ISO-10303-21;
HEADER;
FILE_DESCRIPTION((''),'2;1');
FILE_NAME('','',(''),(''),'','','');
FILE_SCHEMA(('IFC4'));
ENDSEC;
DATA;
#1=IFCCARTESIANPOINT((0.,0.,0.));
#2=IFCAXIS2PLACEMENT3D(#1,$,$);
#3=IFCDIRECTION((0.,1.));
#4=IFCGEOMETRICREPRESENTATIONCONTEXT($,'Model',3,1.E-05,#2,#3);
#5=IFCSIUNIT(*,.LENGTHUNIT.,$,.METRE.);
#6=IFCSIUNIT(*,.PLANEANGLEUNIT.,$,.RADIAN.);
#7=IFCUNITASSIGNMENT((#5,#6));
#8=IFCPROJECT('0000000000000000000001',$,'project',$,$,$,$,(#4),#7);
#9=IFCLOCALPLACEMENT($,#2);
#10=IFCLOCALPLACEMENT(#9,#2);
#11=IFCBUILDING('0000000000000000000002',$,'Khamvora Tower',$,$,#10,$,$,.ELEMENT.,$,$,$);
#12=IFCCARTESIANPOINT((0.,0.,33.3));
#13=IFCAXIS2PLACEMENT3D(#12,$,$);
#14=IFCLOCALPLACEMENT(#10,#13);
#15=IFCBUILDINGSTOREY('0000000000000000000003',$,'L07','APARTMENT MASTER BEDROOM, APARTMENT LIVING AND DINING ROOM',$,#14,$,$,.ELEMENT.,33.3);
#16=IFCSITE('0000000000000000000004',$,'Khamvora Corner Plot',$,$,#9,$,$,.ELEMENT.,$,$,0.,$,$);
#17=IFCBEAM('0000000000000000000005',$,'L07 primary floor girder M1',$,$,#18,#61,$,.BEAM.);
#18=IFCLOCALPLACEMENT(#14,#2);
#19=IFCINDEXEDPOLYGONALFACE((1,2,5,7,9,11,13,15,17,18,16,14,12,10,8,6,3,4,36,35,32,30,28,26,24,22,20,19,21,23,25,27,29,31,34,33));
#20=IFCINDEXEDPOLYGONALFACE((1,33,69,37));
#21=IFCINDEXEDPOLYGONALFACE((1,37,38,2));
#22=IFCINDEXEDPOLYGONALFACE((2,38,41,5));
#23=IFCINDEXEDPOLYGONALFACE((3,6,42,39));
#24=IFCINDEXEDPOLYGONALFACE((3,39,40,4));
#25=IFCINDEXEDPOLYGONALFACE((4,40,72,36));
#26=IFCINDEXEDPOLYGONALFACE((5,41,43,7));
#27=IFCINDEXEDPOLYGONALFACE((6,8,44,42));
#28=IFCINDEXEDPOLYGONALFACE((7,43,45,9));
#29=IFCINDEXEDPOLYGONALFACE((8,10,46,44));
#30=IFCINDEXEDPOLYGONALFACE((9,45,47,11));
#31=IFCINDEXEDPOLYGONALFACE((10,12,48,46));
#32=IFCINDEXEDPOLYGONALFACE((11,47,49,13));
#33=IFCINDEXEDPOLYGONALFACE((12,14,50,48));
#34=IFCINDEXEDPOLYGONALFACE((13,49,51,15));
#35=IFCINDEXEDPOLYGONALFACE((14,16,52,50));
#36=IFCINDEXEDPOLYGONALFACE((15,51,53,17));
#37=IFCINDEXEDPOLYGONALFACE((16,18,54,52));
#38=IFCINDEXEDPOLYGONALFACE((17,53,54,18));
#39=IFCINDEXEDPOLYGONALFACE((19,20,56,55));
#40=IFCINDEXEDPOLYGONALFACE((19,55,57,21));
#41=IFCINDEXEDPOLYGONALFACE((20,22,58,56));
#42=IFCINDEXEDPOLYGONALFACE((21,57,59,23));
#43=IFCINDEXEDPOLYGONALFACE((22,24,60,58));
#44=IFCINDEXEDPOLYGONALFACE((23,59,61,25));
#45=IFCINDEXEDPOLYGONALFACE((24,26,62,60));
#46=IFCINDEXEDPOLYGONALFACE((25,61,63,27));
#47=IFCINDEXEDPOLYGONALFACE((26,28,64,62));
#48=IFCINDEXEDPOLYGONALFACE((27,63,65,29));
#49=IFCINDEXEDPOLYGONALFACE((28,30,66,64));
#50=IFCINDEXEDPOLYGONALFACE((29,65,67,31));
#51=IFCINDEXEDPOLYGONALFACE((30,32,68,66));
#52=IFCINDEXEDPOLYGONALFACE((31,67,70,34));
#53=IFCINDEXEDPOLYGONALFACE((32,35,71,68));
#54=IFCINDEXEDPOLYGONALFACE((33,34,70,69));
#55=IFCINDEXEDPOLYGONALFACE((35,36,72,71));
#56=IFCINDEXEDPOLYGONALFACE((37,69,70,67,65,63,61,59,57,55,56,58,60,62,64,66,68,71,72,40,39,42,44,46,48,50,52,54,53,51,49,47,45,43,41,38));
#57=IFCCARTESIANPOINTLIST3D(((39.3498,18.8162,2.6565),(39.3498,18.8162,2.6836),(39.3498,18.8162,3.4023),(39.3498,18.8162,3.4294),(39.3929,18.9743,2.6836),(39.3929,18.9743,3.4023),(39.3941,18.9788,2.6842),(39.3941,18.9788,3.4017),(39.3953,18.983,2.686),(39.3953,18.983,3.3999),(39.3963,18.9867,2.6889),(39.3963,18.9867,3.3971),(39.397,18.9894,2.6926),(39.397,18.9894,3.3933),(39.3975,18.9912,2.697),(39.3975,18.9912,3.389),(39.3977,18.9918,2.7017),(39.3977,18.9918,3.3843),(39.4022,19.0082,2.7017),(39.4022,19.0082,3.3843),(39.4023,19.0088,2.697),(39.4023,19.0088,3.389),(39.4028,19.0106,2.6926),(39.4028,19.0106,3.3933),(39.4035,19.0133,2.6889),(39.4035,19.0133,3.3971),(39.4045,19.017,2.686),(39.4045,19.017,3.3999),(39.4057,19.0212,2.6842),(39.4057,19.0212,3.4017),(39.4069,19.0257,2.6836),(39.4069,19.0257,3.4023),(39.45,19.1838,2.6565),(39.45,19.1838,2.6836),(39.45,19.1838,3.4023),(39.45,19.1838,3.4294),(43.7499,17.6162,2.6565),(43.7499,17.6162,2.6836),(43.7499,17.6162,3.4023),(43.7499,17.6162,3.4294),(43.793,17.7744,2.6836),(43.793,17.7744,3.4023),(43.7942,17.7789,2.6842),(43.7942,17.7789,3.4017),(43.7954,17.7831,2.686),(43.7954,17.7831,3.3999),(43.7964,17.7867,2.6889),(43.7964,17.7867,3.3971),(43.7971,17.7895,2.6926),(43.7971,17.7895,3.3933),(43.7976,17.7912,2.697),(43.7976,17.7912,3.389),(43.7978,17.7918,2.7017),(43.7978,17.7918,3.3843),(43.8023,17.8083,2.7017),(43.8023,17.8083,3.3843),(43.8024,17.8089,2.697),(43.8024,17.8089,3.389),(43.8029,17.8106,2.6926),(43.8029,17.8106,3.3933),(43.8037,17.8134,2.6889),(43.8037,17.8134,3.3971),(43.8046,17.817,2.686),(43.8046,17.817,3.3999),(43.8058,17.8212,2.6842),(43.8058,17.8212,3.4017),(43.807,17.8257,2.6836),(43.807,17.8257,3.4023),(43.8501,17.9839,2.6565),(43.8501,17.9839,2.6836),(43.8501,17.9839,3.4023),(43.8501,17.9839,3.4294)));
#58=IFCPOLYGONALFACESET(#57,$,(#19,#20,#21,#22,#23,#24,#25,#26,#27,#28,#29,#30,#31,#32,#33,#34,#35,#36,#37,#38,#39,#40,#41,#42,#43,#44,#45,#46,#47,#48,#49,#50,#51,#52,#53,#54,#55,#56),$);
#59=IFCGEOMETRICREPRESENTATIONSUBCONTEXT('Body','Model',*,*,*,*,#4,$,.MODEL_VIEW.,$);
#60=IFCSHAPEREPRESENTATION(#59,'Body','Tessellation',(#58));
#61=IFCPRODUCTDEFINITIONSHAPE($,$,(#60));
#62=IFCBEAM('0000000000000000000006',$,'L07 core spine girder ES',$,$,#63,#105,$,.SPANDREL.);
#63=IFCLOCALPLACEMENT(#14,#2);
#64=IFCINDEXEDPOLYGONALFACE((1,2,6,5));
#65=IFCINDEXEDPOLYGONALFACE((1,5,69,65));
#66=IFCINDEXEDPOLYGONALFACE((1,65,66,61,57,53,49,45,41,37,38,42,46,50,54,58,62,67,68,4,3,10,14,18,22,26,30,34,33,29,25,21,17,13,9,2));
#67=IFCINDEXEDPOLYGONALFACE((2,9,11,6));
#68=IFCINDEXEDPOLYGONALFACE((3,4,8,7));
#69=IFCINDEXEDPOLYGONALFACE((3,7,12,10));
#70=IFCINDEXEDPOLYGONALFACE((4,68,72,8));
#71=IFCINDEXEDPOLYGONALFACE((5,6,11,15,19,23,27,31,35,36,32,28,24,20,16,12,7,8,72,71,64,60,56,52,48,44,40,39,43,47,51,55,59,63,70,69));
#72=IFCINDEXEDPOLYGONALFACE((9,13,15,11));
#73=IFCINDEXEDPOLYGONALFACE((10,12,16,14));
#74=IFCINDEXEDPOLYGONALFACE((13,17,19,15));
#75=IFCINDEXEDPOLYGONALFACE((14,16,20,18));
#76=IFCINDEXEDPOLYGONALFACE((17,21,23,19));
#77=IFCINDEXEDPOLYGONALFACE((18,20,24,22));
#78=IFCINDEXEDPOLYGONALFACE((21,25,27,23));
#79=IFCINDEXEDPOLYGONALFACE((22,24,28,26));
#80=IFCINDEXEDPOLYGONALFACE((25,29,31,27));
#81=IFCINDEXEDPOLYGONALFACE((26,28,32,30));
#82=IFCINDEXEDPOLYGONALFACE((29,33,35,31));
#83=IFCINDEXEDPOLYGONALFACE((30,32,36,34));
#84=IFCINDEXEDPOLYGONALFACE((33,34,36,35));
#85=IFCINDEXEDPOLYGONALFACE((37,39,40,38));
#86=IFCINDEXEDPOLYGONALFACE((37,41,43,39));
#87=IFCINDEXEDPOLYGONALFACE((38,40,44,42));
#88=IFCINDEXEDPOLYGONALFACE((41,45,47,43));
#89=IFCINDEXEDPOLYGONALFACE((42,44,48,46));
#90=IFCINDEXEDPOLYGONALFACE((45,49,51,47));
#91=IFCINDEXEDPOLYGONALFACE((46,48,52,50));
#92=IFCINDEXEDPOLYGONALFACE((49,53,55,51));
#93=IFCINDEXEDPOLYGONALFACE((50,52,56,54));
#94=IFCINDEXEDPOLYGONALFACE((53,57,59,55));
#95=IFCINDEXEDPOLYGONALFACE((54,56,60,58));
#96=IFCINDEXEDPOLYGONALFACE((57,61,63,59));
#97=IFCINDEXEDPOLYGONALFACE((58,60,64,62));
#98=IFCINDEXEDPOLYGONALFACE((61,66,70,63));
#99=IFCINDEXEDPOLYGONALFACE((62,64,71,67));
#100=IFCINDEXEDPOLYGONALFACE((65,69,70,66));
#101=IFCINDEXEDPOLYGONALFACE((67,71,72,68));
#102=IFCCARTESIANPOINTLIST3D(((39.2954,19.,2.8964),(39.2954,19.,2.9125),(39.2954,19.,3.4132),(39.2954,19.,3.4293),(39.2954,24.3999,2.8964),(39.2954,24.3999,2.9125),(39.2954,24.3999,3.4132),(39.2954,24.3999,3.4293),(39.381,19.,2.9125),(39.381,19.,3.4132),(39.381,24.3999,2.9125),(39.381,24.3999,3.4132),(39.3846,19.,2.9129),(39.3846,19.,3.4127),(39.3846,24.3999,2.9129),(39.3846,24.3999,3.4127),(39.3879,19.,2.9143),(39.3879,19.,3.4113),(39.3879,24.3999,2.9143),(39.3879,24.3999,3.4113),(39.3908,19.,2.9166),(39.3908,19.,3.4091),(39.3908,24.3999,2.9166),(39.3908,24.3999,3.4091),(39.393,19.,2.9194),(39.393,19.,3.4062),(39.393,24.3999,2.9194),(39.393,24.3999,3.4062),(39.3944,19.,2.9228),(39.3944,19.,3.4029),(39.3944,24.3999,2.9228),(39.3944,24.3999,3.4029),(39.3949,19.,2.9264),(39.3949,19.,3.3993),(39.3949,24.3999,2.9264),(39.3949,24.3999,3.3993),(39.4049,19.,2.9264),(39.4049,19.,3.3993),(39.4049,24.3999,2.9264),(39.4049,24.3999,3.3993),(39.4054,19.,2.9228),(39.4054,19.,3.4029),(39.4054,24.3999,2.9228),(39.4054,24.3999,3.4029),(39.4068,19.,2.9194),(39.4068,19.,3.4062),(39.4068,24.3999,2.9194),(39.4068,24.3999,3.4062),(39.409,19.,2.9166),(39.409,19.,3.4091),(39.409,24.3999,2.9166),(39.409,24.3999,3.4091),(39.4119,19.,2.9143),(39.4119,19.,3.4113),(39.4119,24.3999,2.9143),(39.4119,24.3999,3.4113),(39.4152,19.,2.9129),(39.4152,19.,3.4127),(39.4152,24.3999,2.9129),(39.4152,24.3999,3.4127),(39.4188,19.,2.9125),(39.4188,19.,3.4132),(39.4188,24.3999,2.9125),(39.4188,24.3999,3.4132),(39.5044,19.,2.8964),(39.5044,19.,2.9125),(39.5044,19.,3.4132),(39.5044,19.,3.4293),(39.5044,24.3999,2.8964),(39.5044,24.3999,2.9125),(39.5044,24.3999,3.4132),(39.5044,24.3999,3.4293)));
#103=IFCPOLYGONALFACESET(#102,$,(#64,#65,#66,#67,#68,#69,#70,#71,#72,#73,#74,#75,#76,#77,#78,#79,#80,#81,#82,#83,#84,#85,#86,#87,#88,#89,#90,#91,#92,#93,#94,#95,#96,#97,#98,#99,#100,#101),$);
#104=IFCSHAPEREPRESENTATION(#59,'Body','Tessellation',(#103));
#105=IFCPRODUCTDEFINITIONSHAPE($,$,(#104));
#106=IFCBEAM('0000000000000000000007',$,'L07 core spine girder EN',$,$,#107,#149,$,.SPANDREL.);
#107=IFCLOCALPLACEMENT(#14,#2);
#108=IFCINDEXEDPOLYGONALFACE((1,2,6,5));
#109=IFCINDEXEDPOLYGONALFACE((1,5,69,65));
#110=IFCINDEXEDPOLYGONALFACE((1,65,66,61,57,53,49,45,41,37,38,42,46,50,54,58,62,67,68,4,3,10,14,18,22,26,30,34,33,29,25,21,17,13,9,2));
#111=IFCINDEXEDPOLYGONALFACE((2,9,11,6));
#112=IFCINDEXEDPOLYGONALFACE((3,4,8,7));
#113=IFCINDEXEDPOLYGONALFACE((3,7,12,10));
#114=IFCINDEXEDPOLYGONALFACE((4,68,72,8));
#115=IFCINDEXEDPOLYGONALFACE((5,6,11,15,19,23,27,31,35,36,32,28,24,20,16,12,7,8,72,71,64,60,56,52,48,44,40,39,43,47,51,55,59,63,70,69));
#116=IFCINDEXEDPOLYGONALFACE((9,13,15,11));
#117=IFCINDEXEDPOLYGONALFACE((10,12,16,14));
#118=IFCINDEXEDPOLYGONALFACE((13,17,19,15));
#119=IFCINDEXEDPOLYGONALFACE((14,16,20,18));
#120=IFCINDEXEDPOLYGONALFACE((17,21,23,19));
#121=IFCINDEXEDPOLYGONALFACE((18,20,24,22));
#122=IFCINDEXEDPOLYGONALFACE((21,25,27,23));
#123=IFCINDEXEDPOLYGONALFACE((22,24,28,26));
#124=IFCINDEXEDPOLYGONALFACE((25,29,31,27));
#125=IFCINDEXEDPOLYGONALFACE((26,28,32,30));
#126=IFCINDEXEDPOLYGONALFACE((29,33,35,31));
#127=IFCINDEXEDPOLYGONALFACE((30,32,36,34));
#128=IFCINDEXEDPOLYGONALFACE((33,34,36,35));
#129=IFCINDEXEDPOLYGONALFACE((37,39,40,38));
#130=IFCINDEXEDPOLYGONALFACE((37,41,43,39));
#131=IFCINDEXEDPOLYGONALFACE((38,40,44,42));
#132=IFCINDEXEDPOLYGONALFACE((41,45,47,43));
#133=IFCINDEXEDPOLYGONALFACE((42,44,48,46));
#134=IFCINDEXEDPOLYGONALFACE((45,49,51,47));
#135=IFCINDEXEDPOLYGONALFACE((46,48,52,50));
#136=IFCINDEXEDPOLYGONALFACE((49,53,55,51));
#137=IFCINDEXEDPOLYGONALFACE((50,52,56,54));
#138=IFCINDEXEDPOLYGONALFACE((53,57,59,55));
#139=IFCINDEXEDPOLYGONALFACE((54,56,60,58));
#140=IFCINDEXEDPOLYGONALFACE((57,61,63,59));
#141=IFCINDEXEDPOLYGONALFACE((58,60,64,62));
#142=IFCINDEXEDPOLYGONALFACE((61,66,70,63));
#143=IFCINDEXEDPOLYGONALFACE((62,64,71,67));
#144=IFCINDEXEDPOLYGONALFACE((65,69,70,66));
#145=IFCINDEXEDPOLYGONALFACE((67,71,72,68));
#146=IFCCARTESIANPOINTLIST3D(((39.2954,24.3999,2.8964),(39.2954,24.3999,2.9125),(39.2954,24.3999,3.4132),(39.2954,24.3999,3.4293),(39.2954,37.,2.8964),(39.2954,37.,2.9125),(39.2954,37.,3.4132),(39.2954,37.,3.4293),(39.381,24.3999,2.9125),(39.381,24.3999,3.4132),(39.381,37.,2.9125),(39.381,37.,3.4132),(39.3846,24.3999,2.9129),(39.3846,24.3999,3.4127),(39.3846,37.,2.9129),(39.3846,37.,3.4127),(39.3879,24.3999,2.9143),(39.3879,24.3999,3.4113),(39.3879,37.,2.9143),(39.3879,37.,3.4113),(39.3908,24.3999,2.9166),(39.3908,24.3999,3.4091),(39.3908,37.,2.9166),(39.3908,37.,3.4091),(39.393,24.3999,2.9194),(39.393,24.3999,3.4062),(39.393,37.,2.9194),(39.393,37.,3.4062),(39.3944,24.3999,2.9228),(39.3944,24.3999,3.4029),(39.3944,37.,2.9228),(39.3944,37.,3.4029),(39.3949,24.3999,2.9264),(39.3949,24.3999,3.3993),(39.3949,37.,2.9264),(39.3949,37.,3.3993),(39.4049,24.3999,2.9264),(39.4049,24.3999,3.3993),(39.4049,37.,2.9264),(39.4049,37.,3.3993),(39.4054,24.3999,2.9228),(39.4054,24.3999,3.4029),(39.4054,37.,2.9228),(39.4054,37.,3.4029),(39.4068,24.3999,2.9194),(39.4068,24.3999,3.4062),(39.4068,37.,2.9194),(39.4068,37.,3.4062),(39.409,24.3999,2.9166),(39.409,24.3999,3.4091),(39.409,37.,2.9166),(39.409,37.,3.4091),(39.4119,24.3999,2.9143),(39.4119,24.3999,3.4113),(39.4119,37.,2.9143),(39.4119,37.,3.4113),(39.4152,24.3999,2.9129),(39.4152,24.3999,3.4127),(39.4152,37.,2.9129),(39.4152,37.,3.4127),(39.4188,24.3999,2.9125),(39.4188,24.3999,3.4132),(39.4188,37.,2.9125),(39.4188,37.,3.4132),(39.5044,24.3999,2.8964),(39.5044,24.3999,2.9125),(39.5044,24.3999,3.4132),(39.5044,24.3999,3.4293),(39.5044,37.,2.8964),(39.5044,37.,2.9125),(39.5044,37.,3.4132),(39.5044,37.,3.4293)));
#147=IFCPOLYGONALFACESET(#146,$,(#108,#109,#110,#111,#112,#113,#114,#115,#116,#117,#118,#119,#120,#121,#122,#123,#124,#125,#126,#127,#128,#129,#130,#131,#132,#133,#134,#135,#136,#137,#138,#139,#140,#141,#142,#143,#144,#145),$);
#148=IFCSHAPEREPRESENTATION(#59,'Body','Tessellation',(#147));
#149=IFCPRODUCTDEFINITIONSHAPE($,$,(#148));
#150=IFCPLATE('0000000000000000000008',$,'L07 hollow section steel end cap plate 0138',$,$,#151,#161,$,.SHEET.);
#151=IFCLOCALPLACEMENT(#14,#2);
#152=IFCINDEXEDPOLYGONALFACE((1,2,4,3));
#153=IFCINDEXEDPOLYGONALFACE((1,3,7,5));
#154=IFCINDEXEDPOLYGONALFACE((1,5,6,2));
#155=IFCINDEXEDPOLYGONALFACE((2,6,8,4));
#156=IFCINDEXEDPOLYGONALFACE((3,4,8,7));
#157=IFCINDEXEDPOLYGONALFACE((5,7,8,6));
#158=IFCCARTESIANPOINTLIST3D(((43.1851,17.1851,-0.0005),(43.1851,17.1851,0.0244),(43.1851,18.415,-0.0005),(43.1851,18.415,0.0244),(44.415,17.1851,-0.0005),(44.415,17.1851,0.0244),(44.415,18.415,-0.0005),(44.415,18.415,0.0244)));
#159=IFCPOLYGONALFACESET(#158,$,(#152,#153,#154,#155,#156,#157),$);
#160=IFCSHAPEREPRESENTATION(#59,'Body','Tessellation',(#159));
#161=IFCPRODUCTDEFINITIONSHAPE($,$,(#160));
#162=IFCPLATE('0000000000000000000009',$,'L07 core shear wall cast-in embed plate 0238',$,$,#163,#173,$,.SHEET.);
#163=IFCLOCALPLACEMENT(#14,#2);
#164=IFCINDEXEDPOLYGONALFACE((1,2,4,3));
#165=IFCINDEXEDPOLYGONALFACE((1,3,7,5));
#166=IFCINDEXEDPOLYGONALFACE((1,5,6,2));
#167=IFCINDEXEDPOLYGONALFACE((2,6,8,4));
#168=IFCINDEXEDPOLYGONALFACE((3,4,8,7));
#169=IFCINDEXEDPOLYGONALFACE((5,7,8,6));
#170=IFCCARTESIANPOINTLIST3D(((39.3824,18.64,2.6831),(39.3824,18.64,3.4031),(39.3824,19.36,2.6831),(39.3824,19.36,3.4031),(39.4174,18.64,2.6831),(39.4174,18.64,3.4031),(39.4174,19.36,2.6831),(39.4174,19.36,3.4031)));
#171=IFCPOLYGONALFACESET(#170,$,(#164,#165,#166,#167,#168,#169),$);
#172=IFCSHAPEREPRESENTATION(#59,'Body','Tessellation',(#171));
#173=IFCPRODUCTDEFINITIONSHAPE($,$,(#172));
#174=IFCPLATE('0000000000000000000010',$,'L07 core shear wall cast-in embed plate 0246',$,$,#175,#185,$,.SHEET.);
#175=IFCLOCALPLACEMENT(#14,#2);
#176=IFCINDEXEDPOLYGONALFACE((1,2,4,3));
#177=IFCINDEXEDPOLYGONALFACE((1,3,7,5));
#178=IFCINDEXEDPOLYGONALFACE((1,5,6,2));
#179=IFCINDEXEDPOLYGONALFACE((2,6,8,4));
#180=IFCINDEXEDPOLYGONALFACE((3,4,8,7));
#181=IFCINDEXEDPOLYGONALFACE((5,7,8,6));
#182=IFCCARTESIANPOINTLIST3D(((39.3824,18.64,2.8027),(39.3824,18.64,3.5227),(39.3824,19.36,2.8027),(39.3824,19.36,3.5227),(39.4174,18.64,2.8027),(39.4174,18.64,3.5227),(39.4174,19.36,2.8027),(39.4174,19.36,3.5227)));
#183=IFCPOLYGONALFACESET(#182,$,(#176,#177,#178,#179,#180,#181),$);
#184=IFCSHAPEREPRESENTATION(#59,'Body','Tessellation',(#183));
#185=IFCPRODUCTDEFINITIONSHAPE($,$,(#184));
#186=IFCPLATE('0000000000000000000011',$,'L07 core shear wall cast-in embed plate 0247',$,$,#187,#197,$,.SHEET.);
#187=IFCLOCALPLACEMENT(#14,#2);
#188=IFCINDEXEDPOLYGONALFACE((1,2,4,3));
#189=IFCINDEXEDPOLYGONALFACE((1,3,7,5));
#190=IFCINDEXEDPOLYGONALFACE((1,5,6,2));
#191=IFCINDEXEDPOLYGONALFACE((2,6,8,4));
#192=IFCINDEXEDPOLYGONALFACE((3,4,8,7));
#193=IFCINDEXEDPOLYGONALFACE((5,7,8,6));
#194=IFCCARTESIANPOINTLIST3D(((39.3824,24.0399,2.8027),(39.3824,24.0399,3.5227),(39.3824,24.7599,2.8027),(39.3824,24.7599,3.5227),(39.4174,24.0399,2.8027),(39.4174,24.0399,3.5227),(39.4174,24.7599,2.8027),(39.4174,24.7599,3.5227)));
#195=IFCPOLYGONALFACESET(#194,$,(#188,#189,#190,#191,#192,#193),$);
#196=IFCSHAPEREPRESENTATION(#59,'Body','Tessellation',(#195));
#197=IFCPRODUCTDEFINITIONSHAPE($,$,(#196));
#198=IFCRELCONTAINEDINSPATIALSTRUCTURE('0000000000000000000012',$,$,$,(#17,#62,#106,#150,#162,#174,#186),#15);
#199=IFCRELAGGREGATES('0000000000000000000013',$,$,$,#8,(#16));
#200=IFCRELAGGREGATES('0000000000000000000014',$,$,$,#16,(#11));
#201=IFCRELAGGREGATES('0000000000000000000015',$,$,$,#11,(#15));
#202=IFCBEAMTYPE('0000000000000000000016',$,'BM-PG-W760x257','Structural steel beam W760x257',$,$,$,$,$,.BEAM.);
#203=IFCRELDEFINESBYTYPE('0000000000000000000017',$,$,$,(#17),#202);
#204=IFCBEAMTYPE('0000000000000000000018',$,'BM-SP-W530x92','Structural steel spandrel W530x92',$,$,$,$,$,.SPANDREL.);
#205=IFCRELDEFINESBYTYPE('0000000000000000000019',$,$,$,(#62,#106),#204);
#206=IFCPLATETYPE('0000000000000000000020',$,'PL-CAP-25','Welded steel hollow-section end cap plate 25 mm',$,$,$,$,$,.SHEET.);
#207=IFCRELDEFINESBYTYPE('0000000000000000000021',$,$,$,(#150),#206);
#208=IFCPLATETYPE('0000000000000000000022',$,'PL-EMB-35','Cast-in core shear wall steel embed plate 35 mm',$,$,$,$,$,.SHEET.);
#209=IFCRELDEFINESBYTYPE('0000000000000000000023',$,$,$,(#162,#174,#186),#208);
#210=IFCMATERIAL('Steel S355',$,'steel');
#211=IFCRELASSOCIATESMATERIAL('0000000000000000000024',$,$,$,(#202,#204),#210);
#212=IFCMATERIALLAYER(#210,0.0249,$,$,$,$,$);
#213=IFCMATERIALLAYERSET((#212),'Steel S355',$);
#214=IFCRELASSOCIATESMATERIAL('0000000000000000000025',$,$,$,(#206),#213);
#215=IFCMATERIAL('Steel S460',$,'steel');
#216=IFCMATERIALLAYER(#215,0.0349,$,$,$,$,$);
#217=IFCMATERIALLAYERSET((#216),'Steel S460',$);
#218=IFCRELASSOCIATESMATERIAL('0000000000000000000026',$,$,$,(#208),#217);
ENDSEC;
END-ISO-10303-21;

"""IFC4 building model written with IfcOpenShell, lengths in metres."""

from ifc_helpers import new_model, si_unit, direction, frame, origin, origin_2d, place, context, subcontext, project, spatial, rectangle, i_section, extrude, material, layer, layer_set, material_profile, profile_set, type_object, element, save


model = new_model("IFC4")

# Units and contexts
model_context = context("Model", 3, precision=1e-05, world=origin(), true_north=direction((0.0, 1.0)))
body_context = subcontext(model_context, "Body", "Model", "MODEL_VIEW")
ifc_project = project(units=[si_unit("LENGTHUNIT", "METRE"), si_unit("PLANEANGLEUNIT", "RADIAN")], contexts=[model_context])

# Site, building, storey
site_placement = place(None, origin())
site = spatial("IfcSite", under=ifc_project, at=site_placement, Name="Khamvora Corner Plot", CompositionType="ELEMENT", RefElevation=0.0)
building_placement = place(site_placement, origin())
building = spatial("IfcBuilding", under=site, at=building_placement, Name="Khamvora Tower", CompositionType="ELEMENT")
storey_placement = place(building_placement, frame((0.0, 0.0, 33.3)))
storey = spatial("IfcBuildingStorey", under=building, at=storey_placement, Name="L07", Description="APARTMENT MASTER BEDROOM, APARTMENT LIVING AND DINING ROOM", CompositionType="ELEMENT", Elevation=33.3)

# Shared definitions
ifc_material_1 = material(Name="Steel S460", Category="steel")

# Beams
ifc_material_2 = material(Name="Steel S355", Category="steel")
ifc_material_profile_1 = material_profile(ifc_material_2, i_section(OverallWidth=0.3811, OverallDepth=0.7729, WebThickness=0.0171, FlangeThickness=0.0271, FilletRadius=0.0181, at=origin_2d()), Name="W760x257")
ifc_profile_set_1 = profile_set([ifc_material_profile_1], Name="Steel S355")
beam_type_1 = type_object("IfcBeamType", Name="BM-PG-W760x257", Description="Structural steel beam W760x257", PredefinedType="BEAM", material=ifc_profile_set_1)
beam_1_placement = place(storey_placement, frame((39.3999, 19.0, 3.043), z_axis=(0.964769, -0.263099, 0.0), x_axis=(0.263099, 0.964769, 0.0)))
element("IfcBeam", 1, at=beam_1_placement, inside=storey, type_object=beam_type_1, Name="L07 primary floor girder M1", PredefinedType="BEAM", context=body_context, shape_type="SweptSolid", body=[
    extrude(i_section(OverallWidth=0.3811, OverallDepth=0.7729, WebThickness=0.0171, FlangeThickness=0.0271, FilletRadius=0.0181, at=origin_2d()), origin(), (0.0, 0.0, 1.0), 4.5608),
])
ifc_material_profile_2 = material_profile(ifc_material_2, i_section(OverallWidth=0.209, OverallDepth=0.533, WebThickness=0.01, FlangeThickness=0.0161, FilletRadius=0.0139, at=origin_2d()), Name="W530x92")
ifc_profile_set_2 = profile_set([ifc_material_profile_2], Name="Steel S355")
beam_type_2 = type_object("IfcBeamType", Name="BM-SP-W530x92", Description="Structural steel spandrel W530x92", PredefinedType="SPANDREL", material=ifc_profile_set_2)
beam_2_placement = place(storey_placement, frame((39.3999, 19.0, 3.1628), z_axis=(0.0, 1.0, 0.0), x_axis=(-1.0, 0.0, 0.0)))
element("IfcBeam", 2, at=beam_2_placement, inside=storey, type_object=beam_type_2, Name="L07 core spine girder ES", PredefinedType="SPANDREL", context=body_context, shape_type="SweptSolid", body=[
    extrude(i_section(OverallWidth=0.209, OverallDepth=0.533, WebThickness=0.01, FlangeThickness=0.0161, FilletRadius=0.0139, at=origin_2d()), origin(), (0.0, 0.0, 1.0), 5.3999),
])
beam_3_placement = place(storey_placement, frame((39.3999, 24.3999, 3.1628), z_axis=(0.0, 1.0, 0.0), x_axis=(-1.0, 0.0, 0.0)))
element("IfcBeam", 3, at=beam_3_placement, inside=storey, type_object=beam_type_2, Name="L07 core spine girder EN", PredefinedType="SPANDREL", context=body_context, shape_type="SweptSolid", body=[
    extrude(i_section(OverallWidth=0.209, OverallDepth=0.533, WebThickness=0.01, FlangeThickness=0.0161, FilletRadius=0.0139, at=origin_2d()), origin(), (0.0, 0.0, 1.0), 12.6001),
])

# Plates
ifc_layer_1 = layer(ifc_material_2, 0.0249)
ifc_layer_set_1 = layer_set([ifc_layer_1], Name="Steel S355")
plate_type_1 = type_object("IfcPlateType", Name="PL-CAP-25", Description="Welded steel hollow-section end cap plate 25 mm", PredefinedType="SHEET", material=ifc_layer_set_1)
plate_placement = place(storey_placement, frame((43.8, 17.8, -0.0005), z_axis=(0.0, 0.0, 1.0), x_axis=(1.0, 0.0, 0.0)))
element("IfcPlate", 4, at=plate_placement, inside=storey, type_object=plate_type_1, Name="L07 hollow section steel end cap plate 0138", PredefinedType="SHEET", context=body_context, shape_type="SweptSolid", body=[
    extrude(rectangle(XDim=1.23, YDim=1.23, at=origin_2d()), origin(), (0.0, 0.0, 1.0), 0.0249),
])
ifc_layer_2 = layer(ifc_material_1, 0.0349)
ifc_layer_set_2 = layer_set([ifc_layer_2], Name="Steel S460")
plate_type_2 = type_object("IfcPlateType", Name="PL-EMB-35", Description="Cast-in core shear wall steel embed plate 35 mm", PredefinedType="SHEET", material=ifc_layer_set_2)
for number, where, z_axis, x_axis, name in (
    (5, (39.3999, 19.0, 2.6831), (0.0, 0.0, 1.0), (1.0, 0.0, 0.0), "L07 core shear wall cast-in embed plate 0238"),
    (6, (39.3999, 19.0, 2.8027), (0.0, 0.0, 1.0), (1.0, 0.0, 0.0), "L07 core shear wall cast-in embed plate 0246"),
    (7, (39.3999, 24.3999, 2.8027), (0.0, 0.0, 1.0), (1.0, 0.0, 0.0), "L07 core shear wall cast-in embed plate 0247"),
):
    element("IfcPlate", number, at=place(storey_placement, frame(where, z_axis=z_axis, x_axis=x_axis)), inside=storey, type_object=plate_type_2, Name=name, PredefinedType="SHEET", context=body_context, shape_type="SweptSolid", body=[
        extrude(rectangle(XDim=0.0349, YDim=0.72, at=origin_2d()), origin(), (0.0, 0.0, 1.0), 0.72),
    ])

save(model, "model.ifc")
